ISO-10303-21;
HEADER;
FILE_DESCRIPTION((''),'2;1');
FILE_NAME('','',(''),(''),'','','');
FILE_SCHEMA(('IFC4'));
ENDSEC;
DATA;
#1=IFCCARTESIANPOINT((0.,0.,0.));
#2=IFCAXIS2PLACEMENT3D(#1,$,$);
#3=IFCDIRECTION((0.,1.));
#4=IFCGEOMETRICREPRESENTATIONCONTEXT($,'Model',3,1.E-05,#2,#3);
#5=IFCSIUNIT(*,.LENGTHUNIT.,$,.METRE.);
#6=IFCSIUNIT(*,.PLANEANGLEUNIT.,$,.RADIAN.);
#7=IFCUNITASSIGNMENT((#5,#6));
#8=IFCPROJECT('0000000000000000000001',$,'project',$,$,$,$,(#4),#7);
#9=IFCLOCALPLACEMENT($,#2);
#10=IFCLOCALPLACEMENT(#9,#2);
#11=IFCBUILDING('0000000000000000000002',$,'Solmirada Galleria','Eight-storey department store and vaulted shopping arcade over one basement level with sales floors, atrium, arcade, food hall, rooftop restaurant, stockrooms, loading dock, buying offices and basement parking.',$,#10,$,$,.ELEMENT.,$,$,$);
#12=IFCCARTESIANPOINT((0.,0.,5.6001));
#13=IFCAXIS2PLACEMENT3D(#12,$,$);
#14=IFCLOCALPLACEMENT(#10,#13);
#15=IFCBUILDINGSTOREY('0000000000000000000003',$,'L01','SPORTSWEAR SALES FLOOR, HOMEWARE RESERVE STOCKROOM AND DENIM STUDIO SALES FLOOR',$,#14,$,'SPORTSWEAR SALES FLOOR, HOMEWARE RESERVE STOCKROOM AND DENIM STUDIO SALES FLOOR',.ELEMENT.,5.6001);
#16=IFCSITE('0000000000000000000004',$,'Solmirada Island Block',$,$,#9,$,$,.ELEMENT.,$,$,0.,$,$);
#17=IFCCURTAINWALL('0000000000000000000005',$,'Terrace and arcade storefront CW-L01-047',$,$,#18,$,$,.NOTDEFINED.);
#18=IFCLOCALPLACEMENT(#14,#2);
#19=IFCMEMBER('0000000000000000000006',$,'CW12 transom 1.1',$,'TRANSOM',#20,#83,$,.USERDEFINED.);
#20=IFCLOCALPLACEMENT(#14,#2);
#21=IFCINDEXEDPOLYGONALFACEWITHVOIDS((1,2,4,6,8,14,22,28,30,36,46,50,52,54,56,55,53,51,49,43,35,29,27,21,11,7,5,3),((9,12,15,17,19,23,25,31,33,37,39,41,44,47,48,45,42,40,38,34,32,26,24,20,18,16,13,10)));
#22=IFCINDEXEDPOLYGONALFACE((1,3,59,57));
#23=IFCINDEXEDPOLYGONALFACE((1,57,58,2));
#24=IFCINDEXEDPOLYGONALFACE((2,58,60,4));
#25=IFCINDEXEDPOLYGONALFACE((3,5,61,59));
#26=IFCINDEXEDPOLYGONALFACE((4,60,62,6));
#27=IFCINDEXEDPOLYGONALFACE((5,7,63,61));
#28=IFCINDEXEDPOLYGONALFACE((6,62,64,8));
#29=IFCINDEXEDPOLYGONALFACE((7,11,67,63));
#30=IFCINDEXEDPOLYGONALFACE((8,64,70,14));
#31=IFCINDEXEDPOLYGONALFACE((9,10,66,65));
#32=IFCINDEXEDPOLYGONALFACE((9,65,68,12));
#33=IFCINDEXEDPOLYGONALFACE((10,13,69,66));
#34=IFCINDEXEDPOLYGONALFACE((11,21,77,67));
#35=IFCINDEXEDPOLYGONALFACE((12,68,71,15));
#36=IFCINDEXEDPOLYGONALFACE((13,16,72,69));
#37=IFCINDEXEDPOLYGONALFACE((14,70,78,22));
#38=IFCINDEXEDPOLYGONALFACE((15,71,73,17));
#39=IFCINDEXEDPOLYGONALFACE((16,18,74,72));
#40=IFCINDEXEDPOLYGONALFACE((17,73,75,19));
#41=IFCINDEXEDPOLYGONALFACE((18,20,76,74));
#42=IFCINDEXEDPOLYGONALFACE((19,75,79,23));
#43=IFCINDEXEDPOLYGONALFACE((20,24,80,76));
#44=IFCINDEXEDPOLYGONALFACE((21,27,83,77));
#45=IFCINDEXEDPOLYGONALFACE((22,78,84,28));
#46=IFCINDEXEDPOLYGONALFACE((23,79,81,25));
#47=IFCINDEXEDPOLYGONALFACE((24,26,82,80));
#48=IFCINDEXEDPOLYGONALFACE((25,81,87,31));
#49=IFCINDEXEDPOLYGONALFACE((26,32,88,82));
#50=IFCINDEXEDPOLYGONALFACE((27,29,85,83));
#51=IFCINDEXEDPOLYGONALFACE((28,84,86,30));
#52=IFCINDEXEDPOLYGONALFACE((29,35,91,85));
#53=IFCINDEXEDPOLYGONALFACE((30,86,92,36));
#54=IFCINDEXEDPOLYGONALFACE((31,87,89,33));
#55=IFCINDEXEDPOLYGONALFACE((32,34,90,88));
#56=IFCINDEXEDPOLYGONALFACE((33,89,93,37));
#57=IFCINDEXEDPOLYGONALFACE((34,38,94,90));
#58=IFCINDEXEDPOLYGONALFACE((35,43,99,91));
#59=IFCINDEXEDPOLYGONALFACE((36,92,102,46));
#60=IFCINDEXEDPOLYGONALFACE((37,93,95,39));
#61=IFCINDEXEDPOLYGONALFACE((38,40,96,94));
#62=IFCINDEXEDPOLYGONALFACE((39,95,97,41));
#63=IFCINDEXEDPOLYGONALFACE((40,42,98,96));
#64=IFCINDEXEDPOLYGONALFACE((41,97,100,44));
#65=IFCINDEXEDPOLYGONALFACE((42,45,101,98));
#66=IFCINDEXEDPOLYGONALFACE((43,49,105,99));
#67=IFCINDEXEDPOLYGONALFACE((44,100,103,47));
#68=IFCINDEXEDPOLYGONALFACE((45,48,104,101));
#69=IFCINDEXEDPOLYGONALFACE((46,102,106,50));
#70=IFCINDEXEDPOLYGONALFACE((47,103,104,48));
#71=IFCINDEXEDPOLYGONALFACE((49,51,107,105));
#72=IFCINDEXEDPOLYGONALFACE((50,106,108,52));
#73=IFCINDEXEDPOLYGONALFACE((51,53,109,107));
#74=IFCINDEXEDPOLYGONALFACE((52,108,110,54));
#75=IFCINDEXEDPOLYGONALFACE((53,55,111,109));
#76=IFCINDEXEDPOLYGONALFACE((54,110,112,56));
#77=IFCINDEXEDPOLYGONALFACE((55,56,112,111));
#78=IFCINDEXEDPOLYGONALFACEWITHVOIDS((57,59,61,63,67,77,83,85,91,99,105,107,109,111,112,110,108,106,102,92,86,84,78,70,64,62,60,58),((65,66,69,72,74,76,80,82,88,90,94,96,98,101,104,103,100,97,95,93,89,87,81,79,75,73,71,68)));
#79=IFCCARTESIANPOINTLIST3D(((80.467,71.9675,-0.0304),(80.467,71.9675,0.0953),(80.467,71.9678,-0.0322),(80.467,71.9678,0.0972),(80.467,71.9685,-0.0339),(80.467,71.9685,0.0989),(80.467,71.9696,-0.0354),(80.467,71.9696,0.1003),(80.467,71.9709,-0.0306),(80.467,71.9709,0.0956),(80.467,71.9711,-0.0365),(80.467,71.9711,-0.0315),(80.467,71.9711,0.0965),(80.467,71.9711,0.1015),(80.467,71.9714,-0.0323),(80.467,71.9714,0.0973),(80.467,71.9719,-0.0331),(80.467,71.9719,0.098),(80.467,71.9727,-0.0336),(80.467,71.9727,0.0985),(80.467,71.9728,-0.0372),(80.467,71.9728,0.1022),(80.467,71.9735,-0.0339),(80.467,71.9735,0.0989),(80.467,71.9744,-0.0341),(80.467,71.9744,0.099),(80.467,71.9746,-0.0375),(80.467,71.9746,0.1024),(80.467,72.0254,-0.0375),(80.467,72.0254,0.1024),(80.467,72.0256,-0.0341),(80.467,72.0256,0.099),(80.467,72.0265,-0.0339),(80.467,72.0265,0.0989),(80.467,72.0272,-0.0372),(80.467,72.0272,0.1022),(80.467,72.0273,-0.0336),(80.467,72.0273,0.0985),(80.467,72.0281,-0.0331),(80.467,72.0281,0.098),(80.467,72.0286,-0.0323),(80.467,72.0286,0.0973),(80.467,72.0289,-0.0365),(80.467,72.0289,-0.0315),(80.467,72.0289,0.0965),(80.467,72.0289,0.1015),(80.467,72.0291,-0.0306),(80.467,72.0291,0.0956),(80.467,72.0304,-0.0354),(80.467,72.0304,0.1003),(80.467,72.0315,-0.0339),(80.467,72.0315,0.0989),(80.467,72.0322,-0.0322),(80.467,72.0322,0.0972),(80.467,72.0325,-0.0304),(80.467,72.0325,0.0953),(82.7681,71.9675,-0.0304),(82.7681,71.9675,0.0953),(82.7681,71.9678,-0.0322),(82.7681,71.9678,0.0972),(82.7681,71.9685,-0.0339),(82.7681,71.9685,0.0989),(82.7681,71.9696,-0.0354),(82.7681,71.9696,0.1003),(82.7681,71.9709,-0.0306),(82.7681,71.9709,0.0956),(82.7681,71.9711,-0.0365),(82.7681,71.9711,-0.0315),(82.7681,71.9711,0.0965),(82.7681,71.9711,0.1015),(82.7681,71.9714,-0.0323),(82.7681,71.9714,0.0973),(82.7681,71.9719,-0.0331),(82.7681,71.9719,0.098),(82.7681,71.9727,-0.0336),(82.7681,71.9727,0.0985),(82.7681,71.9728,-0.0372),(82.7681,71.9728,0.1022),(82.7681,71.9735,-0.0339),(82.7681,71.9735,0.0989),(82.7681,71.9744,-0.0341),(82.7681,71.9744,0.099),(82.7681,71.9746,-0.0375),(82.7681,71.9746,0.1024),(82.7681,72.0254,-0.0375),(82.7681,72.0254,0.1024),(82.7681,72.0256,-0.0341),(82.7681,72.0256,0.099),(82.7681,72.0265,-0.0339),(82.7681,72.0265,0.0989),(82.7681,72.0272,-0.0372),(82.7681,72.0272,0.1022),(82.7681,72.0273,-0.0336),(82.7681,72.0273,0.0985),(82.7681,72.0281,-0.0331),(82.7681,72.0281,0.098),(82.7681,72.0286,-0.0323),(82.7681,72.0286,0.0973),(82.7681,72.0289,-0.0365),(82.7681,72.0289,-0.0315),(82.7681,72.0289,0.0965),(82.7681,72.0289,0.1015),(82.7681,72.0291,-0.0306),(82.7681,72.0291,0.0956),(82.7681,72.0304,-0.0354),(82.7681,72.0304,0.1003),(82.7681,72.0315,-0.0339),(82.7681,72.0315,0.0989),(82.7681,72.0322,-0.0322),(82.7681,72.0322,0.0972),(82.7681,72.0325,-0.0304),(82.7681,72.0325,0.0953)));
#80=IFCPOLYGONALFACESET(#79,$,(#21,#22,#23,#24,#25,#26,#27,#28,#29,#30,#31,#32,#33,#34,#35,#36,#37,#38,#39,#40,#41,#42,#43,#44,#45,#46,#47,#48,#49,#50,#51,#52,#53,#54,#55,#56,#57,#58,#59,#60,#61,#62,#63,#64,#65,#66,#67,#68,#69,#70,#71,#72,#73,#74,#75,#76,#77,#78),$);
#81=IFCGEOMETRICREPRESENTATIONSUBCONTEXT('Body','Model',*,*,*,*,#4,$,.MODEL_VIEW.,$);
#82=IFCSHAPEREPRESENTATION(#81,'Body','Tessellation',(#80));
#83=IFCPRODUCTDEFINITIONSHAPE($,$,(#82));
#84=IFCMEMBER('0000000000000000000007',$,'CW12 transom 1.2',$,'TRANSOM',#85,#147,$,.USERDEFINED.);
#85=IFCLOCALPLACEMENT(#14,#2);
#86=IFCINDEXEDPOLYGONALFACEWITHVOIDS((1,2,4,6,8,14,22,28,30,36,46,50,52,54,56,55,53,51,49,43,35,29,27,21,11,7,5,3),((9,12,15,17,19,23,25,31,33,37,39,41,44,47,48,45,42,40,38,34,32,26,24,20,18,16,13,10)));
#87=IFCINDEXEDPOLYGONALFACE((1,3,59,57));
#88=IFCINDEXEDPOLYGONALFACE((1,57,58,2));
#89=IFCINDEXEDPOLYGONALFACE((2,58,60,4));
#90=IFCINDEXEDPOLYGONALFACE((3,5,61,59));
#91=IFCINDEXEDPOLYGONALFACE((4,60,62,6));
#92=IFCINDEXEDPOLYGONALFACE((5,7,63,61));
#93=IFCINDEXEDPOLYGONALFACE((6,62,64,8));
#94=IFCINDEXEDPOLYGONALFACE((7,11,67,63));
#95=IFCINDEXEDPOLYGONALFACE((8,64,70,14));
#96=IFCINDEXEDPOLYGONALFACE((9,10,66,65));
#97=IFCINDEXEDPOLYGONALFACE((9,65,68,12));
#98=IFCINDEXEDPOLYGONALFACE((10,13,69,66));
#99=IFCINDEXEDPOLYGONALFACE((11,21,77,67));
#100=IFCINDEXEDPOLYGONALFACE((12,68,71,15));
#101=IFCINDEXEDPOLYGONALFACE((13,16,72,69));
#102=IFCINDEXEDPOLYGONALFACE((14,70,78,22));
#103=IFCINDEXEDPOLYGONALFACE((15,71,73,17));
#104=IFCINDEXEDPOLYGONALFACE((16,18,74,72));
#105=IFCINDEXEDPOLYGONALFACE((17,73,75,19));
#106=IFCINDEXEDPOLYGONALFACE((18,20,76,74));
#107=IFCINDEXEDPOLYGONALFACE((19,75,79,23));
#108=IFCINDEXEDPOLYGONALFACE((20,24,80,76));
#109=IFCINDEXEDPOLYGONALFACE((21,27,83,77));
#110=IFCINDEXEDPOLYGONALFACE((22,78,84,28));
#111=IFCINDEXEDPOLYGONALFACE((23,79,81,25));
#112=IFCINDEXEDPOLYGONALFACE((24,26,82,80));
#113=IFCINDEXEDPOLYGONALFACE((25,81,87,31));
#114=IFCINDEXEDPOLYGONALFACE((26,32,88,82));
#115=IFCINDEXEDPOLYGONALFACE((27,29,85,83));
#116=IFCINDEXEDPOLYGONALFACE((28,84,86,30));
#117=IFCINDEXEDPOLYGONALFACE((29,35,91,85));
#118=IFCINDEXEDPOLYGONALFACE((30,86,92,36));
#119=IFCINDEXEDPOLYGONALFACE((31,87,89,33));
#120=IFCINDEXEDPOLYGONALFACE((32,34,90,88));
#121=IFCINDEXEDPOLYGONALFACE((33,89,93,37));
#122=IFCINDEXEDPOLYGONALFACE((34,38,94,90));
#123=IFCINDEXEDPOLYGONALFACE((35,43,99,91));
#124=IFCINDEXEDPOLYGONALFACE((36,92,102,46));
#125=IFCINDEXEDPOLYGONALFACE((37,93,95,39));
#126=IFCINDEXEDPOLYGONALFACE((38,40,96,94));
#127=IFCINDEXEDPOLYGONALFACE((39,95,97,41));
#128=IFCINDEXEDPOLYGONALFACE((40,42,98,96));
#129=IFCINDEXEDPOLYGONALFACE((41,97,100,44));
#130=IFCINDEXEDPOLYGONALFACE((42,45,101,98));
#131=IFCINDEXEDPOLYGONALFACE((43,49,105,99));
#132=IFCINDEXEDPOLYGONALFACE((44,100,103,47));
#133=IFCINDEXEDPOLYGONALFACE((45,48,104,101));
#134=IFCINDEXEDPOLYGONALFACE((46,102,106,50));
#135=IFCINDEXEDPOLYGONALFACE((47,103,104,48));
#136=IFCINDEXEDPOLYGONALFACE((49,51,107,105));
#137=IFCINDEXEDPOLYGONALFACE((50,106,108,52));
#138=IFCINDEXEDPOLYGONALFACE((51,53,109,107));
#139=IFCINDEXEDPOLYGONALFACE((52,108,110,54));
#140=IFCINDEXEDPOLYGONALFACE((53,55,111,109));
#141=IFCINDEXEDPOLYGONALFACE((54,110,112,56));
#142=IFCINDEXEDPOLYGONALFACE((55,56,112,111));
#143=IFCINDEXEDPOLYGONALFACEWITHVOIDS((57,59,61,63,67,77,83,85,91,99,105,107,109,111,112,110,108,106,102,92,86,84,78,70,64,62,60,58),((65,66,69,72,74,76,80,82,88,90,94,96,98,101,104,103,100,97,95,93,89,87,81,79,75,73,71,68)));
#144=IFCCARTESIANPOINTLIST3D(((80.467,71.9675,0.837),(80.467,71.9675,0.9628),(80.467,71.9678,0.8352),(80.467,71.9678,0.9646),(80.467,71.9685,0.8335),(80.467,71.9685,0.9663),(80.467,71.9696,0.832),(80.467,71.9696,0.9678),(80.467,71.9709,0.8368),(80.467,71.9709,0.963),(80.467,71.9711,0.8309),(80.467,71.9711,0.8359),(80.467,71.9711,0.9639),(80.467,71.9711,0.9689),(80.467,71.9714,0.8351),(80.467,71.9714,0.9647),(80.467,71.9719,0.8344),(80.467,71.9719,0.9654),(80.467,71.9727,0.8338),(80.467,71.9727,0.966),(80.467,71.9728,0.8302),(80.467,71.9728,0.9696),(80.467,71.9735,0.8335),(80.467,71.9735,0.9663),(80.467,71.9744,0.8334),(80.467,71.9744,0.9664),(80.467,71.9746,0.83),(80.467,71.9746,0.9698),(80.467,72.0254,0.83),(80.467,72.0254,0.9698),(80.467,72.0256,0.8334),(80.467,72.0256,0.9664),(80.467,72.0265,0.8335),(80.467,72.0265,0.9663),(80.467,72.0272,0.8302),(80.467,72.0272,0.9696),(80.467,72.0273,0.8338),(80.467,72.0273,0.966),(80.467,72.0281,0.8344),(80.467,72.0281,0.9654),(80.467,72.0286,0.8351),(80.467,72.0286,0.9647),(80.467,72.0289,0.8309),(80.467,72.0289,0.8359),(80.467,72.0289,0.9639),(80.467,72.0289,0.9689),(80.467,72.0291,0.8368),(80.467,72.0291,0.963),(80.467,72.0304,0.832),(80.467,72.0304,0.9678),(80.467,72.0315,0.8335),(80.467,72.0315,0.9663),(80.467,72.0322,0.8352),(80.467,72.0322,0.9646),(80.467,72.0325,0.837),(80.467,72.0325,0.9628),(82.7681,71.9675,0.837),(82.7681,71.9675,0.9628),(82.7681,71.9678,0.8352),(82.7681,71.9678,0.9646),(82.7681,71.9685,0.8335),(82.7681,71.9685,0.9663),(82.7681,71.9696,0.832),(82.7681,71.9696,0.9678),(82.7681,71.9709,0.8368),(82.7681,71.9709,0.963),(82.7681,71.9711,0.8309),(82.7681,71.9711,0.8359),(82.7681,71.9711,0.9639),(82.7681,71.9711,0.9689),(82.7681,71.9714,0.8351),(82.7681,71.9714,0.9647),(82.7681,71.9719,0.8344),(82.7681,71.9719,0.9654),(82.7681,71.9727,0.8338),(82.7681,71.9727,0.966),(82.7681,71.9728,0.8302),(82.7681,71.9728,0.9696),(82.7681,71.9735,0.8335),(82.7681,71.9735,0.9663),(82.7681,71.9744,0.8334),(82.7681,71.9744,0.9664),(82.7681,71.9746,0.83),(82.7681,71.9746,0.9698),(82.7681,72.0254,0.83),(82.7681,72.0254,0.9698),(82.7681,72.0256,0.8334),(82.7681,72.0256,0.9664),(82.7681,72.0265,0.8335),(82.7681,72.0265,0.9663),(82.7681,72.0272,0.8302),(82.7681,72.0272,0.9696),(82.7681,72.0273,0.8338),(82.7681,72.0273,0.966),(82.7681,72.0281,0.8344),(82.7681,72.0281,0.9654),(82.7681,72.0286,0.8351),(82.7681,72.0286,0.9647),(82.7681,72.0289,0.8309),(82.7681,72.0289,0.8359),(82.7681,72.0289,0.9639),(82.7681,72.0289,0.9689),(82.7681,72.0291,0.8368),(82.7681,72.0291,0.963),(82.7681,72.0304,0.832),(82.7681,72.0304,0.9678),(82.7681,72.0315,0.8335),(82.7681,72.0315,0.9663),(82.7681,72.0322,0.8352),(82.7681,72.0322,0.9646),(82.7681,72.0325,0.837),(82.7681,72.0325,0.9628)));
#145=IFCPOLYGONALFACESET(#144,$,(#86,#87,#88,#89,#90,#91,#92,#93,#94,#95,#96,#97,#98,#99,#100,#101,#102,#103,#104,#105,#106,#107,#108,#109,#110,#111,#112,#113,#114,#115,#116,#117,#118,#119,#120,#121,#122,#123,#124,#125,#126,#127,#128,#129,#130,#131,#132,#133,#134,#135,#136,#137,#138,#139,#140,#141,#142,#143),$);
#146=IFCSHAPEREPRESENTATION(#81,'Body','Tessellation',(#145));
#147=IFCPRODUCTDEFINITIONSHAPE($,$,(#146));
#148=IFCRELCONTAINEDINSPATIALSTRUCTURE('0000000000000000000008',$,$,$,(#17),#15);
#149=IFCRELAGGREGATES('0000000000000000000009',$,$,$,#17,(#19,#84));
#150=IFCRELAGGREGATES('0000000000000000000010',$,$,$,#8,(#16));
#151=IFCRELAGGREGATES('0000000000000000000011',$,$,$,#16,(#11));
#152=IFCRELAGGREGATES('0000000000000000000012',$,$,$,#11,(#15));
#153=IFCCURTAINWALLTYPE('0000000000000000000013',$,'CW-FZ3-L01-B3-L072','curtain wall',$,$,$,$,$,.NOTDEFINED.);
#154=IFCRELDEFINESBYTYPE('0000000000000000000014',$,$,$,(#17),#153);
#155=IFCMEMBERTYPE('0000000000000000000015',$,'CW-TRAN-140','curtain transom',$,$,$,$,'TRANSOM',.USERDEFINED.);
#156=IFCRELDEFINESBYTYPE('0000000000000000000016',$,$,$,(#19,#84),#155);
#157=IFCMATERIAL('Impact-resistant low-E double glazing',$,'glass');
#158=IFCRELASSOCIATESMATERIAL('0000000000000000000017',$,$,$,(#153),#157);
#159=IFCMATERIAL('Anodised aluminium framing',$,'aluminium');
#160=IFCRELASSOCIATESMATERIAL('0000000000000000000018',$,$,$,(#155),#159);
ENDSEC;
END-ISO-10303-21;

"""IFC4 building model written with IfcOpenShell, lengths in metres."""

from ifc_helpers import new_model, si_unit, direction, frame, origin, origin_2d, place, context, subcontext, project, spatial, hollow_rectangle, extrude, material, material_profile, profile_set, type_object, element, aggregate, save


model = new_model("IFC4")

# Units and contexts
model_context = context("Model", 3, precision=1e-05, world=origin(), true_north=direction((0.0, 1.0)))
body_context = subcontext(model_context, "Body", "Model", "MODEL_VIEW")
ifc_project = project(units=[si_unit("LENGTHUNIT", "METRE"), si_unit("PLANEANGLEUNIT", "RADIAN")], contexts=[model_context])

# Site, building, storey
site_placement = place(None, origin())
site = spatial("IfcSite", under=ifc_project, at=site_placement, Name="Solmirada Island Block", CompositionType="ELEMENT", RefElevation=0.0)
building_placement = place(site_placement, origin())
building = spatial("IfcBuilding", under=site, at=building_placement, Name="Solmirada Galleria", Description="Eight-storey department store and vaulted shopping arcade over one basement level with sales floors, atrium, arcade, food hall, rooftop restaurant, stockrooms, loading dock, buying offices and basement parking.", CompositionType="ELEMENT")
storey_placement = place(building_placement, frame((0.0, 0.0, 5.6001)))
storey = spatial("IfcBuildingStorey", under=building, at=storey_placement, Name="L01", Description="SPORTSWEAR SALES FLOOR, HOMEWARE RESERVE STOCKROOM AND DENIM STUDIO SALES FLOOR", LongName="SPORTSWEAR SALES FLOOR, HOMEWARE RESERVE STOCKROOM AND DENIM STUDIO SALES FLOOR", CompositionType="ELEMENT", Elevation=5.6001)

# Shared definitions
ifc_material_1 = material(Name="Impact-resistant low-E double glazing", Category="glass")
curtain_wall_type_1 = type_object("IfcCurtainWallType", Name="CW-FZ3-L01-B3-L072", Description="curtain wall", PredefinedType="NOTDEFINED", material=ifc_material_1)
ifc_material_2 = material(Name="Anodised aluminium framing", Category="aluminium")

# Curtain wall
curtain_wall_1_placement = place(storey_placement, origin())
curtain_wall_1 = element("IfcCurtainWall", 1, at=curtain_wall_1_placement, inside=storey, type_object=curtain_wall_type_1, Name="Terrace and arcade storefront CW-L01-047", PredefinedType="NOTDEFINED")

# Members
ifc_material_profile_1 = material_profile(ifc_material_2, hollow_rectangle(XDim=0.0649, YDim=0.1399, WallThickness=0.0034, InnerFilletRadius=0.0034, OuterFilletRadius=0.0071, at=origin_2d()), Name="ALU-TRAN-140X65")
ifc_profile_set_1 = profile_set([ifc_material_profile_1], Name="Anodised aluminium framing")
member_type_1 = type_object("IfcMemberType", Name="CW-TRAN-140", Description="curtain transom", ElementType="TRANSOM", PredefinedType="USERDEFINED", material=ifc_profile_set_1)
member_1_placement = place(storey_placement, frame((80.467, 72.0, 0.0325), z_axis=(1.0, 0.0, 0.0), x_axis=(0.0, 1.0, 0.0)))
member_1 = element("IfcMember", 2, at=member_1_placement, type_object=member_type_1, Name="CW12 transom 1.1", ObjectType="TRANSOM", PredefinedType="USERDEFINED", context=body_context, shape_type="SweptSolid", body=[
    extrude(hollow_rectangle(XDim=0.0649, YDim=0.1399, WallThickness=0.0034, InnerFilletRadius=0.0034, OuterFilletRadius=0.0071, at=origin_2d()), origin(), (0.0, 0.0, 1.0), 2.301),
])
member_2_placement = place(storey_placement, frame((80.467, 72.0, 0.8999), z_axis=(1.0, 0.0, 0.0), x_axis=(0.0, 1.0, 0.0)))
member_2 = element("IfcMember", 3, at=member_2_placement, type_object=member_type_1, Name="CW12 transom 1.2", ObjectType="TRANSOM", PredefinedType="USERDEFINED", context=body_context, shape_type="SweptSolid", body=[
    extrude(hollow_rectangle(XDim=0.0649, YDim=0.1399, WallThickness=0.0034, InnerFilletRadius=0.0034, OuterFilletRadius=0.0071, at=origin_2d()), origin(), (0.0, 0.0, 1.0), 2.301),
])
aggregate(curtain_wall_1, [member_1, member_2])

save(model, "model.ifc")
